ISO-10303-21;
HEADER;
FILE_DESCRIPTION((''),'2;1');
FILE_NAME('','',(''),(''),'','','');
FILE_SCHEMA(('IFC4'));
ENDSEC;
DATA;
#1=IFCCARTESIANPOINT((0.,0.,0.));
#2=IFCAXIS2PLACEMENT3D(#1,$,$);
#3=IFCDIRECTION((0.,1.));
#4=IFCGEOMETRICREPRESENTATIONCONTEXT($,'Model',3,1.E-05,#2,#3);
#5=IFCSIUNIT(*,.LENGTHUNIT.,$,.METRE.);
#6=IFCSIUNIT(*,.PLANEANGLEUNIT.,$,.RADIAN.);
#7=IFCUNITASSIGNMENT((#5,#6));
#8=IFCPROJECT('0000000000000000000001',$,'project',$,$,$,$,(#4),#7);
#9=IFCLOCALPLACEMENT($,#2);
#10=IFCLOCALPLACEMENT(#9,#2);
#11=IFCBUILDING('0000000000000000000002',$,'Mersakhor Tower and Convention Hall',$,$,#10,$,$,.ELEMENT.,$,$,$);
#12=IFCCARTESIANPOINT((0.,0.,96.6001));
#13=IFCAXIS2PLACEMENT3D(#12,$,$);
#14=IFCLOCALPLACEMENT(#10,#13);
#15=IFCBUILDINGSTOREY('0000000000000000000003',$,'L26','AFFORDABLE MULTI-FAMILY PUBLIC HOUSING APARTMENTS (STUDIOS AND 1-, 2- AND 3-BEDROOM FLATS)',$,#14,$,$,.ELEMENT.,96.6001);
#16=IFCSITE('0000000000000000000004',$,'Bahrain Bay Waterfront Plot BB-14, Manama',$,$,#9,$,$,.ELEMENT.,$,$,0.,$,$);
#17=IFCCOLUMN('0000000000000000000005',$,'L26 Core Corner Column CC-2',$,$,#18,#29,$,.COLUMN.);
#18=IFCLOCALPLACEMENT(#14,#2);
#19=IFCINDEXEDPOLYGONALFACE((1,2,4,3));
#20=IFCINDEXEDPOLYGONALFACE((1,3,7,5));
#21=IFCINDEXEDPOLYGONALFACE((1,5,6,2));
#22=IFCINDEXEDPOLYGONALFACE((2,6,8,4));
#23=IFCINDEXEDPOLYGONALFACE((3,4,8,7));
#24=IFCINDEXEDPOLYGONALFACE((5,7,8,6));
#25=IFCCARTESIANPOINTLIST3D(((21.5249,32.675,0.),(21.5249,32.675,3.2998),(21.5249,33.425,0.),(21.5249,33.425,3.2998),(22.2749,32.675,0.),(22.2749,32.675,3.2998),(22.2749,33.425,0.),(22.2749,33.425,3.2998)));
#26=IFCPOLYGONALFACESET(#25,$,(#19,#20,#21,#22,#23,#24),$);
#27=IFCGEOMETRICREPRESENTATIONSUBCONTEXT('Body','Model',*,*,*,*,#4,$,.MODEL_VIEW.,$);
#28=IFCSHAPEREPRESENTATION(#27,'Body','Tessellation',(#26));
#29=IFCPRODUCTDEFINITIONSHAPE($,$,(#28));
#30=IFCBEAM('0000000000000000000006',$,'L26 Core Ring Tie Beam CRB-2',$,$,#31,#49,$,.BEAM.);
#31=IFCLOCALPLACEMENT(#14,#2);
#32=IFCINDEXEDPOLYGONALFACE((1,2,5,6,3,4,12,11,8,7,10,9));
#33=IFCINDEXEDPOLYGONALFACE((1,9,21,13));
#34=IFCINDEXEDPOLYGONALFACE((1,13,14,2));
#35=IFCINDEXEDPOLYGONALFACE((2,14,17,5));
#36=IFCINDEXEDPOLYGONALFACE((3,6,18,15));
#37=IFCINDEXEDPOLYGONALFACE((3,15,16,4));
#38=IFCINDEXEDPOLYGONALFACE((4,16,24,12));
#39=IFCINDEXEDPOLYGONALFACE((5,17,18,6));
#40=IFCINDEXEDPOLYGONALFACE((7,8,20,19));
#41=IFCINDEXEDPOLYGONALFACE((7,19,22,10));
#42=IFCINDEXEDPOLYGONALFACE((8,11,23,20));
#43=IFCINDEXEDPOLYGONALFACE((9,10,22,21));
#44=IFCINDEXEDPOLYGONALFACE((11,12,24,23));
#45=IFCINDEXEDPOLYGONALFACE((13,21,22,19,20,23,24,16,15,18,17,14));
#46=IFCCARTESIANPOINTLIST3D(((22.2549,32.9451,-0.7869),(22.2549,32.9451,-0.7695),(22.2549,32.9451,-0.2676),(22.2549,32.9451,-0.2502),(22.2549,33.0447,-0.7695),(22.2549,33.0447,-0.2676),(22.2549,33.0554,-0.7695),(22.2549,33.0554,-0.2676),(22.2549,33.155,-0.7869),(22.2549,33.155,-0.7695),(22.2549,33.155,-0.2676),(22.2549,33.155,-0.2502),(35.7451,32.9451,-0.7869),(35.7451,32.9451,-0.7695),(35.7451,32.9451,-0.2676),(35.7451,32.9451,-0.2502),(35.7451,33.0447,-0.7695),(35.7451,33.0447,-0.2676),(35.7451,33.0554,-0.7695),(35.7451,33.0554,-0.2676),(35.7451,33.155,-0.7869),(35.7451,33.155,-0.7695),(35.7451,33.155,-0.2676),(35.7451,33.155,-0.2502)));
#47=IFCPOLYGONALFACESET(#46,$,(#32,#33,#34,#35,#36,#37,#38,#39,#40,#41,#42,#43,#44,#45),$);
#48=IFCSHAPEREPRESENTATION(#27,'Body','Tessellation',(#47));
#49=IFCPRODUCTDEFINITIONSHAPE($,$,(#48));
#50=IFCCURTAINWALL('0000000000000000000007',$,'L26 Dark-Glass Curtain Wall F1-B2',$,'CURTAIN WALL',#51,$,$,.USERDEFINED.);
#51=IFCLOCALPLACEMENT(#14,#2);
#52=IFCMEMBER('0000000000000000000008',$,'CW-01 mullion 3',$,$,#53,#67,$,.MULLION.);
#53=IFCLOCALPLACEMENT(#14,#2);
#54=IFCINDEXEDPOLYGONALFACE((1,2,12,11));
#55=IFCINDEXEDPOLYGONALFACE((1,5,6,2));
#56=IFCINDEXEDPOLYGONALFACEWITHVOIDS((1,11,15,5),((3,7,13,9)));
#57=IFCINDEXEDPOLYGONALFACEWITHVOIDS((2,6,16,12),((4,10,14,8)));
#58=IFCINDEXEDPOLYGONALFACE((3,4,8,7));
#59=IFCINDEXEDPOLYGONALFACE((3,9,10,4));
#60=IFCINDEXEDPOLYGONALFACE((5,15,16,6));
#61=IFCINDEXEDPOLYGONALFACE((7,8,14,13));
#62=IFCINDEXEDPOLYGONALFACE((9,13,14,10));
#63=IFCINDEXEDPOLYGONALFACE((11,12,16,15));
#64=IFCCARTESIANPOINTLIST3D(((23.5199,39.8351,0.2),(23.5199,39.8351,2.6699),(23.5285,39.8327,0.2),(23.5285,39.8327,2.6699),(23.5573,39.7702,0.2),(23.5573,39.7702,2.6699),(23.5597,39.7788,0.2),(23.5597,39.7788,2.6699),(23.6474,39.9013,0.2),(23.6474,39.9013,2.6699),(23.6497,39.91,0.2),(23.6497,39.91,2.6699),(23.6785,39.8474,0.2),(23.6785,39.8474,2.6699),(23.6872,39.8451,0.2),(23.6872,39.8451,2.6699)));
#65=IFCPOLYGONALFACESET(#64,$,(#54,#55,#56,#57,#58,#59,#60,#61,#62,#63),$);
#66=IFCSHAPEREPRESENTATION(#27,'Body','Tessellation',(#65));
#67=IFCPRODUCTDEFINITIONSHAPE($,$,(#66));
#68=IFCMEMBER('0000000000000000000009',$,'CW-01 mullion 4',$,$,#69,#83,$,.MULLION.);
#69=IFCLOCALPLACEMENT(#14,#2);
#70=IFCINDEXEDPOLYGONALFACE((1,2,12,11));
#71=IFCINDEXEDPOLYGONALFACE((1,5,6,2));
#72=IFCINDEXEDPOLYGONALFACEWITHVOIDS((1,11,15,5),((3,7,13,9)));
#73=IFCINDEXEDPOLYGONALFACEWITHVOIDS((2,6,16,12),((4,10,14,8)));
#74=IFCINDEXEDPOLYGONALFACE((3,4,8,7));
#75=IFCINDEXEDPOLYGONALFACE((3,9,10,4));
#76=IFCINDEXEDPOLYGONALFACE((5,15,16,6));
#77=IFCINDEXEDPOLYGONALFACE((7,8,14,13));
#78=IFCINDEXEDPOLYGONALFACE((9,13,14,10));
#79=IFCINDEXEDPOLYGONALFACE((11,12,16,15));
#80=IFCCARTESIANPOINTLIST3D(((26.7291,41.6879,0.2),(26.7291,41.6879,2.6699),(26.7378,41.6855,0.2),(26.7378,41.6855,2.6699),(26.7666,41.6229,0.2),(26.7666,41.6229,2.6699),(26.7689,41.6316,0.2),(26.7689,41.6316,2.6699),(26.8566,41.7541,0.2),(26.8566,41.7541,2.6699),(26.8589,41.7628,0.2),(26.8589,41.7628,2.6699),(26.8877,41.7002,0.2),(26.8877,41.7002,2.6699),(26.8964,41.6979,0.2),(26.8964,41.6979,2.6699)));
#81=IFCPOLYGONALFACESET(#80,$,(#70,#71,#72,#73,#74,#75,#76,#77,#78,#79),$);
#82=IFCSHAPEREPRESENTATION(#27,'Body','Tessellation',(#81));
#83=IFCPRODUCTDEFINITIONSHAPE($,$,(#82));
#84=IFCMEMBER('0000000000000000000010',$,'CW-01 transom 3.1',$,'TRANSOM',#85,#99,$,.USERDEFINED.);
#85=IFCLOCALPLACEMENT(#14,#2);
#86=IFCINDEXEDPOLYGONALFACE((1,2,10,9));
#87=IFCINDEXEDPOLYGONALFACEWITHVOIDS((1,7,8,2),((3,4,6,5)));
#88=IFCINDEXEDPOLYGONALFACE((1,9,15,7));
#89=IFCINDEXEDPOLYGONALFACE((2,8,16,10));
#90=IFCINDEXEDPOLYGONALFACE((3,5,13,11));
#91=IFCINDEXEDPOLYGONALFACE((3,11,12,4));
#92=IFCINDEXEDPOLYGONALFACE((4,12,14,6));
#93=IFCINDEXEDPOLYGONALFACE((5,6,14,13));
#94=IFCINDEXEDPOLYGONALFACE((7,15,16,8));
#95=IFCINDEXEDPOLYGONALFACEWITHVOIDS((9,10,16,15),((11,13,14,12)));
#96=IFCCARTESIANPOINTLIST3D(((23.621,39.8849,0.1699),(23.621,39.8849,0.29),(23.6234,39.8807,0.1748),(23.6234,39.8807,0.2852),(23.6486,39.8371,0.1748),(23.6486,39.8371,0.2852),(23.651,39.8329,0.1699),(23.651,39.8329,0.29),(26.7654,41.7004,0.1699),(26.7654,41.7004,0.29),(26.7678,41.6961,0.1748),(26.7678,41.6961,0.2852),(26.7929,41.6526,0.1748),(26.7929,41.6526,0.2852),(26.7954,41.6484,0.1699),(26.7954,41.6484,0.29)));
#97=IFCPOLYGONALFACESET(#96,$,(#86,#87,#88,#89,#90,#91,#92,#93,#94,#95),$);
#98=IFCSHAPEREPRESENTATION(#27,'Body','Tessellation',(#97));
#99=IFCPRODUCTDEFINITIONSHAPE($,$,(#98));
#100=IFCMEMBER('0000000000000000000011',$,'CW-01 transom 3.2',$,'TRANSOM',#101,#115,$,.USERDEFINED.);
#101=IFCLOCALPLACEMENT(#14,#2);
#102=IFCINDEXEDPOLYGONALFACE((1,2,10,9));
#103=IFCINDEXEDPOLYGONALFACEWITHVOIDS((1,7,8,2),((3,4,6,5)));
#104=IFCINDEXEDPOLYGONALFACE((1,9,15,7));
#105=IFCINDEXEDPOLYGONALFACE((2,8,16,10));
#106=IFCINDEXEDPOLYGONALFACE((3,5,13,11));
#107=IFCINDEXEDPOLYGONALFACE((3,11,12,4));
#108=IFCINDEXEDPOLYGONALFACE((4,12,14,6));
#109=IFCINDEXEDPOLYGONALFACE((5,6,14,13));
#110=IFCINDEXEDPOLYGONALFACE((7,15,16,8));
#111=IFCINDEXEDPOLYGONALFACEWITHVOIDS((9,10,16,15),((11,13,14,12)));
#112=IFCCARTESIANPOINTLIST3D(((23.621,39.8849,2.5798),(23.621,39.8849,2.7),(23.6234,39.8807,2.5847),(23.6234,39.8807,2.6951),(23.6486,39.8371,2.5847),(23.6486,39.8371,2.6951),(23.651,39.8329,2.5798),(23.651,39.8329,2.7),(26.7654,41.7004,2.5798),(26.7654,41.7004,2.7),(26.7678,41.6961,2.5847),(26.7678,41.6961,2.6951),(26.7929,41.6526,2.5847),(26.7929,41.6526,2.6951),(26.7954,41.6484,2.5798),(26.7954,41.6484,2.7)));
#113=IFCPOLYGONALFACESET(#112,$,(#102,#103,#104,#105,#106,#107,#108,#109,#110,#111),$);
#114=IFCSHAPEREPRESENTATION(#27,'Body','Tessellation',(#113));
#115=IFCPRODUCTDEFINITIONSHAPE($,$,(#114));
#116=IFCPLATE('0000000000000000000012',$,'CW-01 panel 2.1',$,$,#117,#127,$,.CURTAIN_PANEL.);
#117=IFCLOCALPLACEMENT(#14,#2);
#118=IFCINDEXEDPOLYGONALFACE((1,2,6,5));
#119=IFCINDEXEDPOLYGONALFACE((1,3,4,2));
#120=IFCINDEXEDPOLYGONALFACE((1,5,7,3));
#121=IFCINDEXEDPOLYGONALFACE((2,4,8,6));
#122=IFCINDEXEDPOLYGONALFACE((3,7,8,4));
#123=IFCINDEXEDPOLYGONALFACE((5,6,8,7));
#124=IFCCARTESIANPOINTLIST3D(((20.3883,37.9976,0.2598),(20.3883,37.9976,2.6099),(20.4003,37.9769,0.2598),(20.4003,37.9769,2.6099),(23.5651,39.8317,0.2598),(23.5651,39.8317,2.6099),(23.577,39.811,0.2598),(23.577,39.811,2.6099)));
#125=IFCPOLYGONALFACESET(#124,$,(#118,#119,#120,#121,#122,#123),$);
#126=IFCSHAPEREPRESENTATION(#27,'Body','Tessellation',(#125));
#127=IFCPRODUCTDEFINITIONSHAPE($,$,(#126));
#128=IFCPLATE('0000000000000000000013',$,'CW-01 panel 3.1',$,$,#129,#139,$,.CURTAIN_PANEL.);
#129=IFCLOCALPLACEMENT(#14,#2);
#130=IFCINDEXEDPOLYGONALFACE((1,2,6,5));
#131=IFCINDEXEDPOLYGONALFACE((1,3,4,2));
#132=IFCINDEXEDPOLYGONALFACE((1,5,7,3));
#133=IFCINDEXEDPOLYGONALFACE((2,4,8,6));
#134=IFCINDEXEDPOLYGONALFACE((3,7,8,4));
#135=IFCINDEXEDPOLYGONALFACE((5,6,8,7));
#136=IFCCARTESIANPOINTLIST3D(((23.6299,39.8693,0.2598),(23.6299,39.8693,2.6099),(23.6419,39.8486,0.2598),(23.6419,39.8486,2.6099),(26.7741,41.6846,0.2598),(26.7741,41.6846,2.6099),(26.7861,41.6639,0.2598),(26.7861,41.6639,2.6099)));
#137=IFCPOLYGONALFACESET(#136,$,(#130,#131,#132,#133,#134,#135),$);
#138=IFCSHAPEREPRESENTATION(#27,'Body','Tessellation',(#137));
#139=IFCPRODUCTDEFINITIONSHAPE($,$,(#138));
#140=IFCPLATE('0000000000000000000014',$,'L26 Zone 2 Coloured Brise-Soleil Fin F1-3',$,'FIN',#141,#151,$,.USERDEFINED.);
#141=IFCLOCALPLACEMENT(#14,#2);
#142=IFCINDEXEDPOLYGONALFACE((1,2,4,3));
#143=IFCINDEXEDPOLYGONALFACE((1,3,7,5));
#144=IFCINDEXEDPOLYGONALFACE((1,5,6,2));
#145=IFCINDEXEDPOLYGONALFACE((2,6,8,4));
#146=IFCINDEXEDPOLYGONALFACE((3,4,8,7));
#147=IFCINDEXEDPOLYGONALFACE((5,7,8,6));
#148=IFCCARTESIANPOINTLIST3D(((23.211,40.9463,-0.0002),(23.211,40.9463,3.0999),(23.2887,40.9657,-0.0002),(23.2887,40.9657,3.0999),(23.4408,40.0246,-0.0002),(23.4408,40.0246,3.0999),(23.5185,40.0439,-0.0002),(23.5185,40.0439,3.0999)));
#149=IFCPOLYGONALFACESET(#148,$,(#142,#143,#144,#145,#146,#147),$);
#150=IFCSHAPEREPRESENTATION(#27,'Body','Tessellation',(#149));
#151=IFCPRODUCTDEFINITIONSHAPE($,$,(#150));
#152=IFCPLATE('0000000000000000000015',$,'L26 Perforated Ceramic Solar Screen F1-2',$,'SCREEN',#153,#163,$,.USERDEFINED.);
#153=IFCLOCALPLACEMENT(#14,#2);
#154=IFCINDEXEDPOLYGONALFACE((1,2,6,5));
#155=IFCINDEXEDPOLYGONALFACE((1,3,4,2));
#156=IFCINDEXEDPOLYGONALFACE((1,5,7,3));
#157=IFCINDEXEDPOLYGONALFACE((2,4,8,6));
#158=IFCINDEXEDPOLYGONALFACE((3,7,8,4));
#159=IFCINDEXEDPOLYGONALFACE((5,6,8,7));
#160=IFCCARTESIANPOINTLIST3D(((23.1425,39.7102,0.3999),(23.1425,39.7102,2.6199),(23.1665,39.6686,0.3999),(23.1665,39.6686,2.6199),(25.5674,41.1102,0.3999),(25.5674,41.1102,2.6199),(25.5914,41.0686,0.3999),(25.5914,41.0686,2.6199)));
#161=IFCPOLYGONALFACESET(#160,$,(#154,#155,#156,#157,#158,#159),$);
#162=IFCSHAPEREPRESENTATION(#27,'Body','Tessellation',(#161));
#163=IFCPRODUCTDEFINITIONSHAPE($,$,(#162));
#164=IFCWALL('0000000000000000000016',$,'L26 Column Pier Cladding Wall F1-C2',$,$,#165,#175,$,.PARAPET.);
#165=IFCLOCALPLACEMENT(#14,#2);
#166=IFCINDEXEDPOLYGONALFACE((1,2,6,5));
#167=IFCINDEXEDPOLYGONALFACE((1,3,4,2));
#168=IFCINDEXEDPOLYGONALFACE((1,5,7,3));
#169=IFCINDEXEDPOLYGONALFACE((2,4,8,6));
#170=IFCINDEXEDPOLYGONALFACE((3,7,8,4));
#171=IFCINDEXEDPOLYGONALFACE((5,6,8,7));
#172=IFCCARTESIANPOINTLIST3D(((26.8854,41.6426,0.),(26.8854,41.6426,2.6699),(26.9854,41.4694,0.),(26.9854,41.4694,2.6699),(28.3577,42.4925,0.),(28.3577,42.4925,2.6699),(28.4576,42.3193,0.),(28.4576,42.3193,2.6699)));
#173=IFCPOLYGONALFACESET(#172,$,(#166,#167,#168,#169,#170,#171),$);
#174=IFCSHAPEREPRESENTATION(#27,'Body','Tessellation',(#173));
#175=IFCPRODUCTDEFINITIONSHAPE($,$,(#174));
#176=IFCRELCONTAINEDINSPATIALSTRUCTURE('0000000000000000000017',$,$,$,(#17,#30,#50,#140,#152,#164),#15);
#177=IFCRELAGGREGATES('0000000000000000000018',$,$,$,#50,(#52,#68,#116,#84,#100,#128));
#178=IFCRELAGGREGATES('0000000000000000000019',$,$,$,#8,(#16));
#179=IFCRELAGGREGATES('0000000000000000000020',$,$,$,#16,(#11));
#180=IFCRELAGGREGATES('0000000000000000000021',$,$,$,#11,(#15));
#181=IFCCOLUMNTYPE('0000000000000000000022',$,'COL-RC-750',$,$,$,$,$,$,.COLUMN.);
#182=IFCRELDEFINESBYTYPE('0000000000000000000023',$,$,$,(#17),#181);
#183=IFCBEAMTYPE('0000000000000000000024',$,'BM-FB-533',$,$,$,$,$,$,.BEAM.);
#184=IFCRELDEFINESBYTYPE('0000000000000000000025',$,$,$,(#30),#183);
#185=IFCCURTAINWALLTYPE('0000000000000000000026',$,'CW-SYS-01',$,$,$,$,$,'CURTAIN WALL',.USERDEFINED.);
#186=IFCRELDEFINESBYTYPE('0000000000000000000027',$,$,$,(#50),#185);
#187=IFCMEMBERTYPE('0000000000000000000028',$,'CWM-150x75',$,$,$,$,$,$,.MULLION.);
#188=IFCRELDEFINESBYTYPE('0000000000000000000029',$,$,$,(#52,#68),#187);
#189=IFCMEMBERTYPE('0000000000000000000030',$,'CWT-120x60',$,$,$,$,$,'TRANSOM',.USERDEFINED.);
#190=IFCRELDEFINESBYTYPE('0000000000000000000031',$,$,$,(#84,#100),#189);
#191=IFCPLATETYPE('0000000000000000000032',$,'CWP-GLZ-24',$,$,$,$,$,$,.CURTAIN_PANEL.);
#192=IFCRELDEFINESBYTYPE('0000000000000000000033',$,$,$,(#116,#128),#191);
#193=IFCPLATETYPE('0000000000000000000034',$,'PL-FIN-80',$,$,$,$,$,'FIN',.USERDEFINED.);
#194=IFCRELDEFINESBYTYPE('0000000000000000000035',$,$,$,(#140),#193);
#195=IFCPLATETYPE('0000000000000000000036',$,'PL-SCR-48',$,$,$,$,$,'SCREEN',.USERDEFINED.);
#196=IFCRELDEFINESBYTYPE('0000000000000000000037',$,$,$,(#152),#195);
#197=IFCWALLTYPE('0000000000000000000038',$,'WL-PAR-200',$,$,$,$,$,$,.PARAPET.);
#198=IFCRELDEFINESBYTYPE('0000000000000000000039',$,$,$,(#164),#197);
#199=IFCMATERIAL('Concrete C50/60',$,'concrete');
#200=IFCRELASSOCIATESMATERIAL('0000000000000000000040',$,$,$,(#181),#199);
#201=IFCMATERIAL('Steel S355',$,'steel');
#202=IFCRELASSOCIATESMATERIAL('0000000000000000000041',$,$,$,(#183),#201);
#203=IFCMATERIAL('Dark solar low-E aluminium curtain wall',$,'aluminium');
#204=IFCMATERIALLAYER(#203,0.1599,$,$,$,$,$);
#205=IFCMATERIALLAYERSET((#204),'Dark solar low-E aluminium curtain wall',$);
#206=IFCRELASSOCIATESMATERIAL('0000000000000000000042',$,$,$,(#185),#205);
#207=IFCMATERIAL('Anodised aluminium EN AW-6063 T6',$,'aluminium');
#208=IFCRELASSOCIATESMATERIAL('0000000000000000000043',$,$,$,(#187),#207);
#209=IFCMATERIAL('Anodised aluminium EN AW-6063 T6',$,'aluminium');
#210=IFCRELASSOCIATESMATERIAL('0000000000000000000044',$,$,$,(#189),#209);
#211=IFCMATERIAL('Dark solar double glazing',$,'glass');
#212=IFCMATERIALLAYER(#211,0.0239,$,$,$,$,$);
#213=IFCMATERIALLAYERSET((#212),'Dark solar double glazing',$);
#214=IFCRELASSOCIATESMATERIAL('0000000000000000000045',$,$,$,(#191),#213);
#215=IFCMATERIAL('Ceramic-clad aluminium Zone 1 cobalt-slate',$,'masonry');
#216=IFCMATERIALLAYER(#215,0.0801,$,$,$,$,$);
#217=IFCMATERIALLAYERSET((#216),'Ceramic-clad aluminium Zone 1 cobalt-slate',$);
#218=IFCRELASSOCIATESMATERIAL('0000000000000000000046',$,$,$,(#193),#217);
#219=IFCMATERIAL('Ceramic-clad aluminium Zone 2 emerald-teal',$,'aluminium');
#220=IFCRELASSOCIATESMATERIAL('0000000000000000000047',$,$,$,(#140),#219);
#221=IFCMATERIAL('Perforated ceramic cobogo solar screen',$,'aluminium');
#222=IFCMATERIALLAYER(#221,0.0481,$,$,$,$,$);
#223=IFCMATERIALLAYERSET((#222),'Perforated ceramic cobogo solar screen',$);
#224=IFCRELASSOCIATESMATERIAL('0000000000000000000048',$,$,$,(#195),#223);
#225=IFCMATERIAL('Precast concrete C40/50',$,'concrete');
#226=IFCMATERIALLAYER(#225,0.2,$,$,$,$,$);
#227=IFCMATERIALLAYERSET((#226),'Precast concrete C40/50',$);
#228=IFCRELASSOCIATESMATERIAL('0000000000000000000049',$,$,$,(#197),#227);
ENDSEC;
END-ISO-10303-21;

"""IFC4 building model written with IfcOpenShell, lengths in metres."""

from ifc_helpers import new_model, si_unit, direction, frame, frame_2d, origin, origin_2d, place, context, subcontext, project, spatial, rectangle, hollow_rectangle, i_section, extrude, material, layer, layer_set, material_profile, profile_set, type_object, element, aggregate, save


model = new_model("IFC4")

# Units and contexts
model_context = context("Model", 3, precision=1e-05, world=origin(), true_north=direction((0.0, 1.0)))
body_context = subcontext(model_context, "Body", "Model", "MODEL_VIEW")
ifc_project = project(units=[si_unit("LENGTHUNIT", "METRE"), si_unit("PLANEANGLEUNIT", "RADIAN")], contexts=[model_context])

# Site, building, storey
site_placement = place(None, origin())
site = spatial("IfcSite", under=ifc_project, at=site_placement, Name="Bahrain Bay Waterfront Plot BB-14, Manama", CompositionType="ELEMENT", RefElevation=0.0)
building_placement = place(site_placement, origin())
building = spatial("IfcBuilding", under=site, at=building_placement, Name="Mersakhor Tower and Convention Hall", CompositionType="ELEMENT")
storey_placement = place(building_placement, frame((0.0, 0.0, 96.6001)))
storey = spatial("IfcBuildingStorey", under=building, at=storey_placement, Name="L26", Description="AFFORDABLE MULTI-FAMILY PUBLIC HOUSING APARTMENTS (STUDIOS AND 1-, 2- AND 3-BEDROOM FLATS)", CompositionType="ELEMENT", Elevation=96.6001)

# Column
ifc_material_1 = material(Name="Concrete C50/60", Category="concrete")
ifc_material_profile_1 = material_profile(ifc_material_1, rectangle(XDim=0.75, YDim=0.75, at=origin_2d()), Name="RC 750x750")
ifc_profile_set_1 = profile_set([ifc_material_profile_1], Name="Concrete C50/60")
column_type = type_object("IfcColumnType", Name="COL-RC-750", PredefinedType="COLUMN", material=ifc_profile_set_1)
column_placement = place(storey_placement, frame((21.8999, 33.05, 0.0), z_axis=(0.0, 0.0, 1.0), x_axis=(1.0, 0.0, 0.0)))
element("IfcColumn", 1, at=column_placement, inside=storey, type_object=column_type, Name="L26 Core Corner Column CC-2", PredefinedType="COLUMN", context=body_context, shape_type="SweptSolid", body=[
    extrude(rectangle(XDim=0.75, YDim=0.75, at=origin_2d()), origin(), (0.0, 0.0, 1.0), 3.2998),
])

# Beam
ifc_material_2 = material(Name="Steel S355", Category="steel")
ifc_material_profile_2 = material_profile(ifc_material_2, i_section(OverallWidth=0.21, OverallDepth=0.5366, WebThickness=0.0107, FlangeThickness=0.0173, at=origin_2d()), Name="UB 533x210x101")
ifc_profile_set_2 = profile_set([ifc_material_profile_2], Name="Steel S355")
beam_type = type_object("IfcBeamType", Name="BM-FB-533", PredefinedType="BEAM", material=ifc_profile_set_2)
beam_placement = place(storey_placement, frame((22.2549, 33.05, -0.5186), z_axis=(1.0, 0.0, 0.0), x_axis=(0.0, 1.0, 0.0)))
element("IfcBeam", 2, at=beam_placement, inside=storey, type_object=beam_type, Name="L26 Core Ring Tie Beam CRB-2", PredefinedType="BEAM", context=body_context, shape_type="SweptSolid", body=[
    extrude(i_section(OverallWidth=0.21, OverallDepth=0.5366, WebThickness=0.0107, FlangeThickness=0.0173, at=origin_2d()), origin(), (0.0, 0.0, 1.0), 13.4902),
])

# Curtain wall, members, plates
ifc_material_3 = material(Name="Dark solar low-E aluminium curtain wall", Category="aluminium")
ifc_layer_1 = layer(ifc_material_3, 0.1599)
ifc_layer_set_1 = layer_set([ifc_layer_1], Name="Dark solar low-E aluminium curtain wall")
curtain_wall_type = type_object("IfcCurtainWallType", Name="CW-SYS-01", ElementType="CURTAIN WALL", PredefinedType="USERDEFINED", material=ifc_layer_set_1)
curtain_wall_placement = place(storey_placement, origin())
curtain_wall = element("IfcCurtainWall", 3, at=curtain_wall_placement, inside=storey, type_object=curtain_wall_type, Name="L26 Dark-Glass Curtain Wall F1-B2", ObjectType="CURTAIN WALL", PredefinedType="USERDEFINED")
ifc_material_4 = material(Name="Anodised aluminium EN AW-6063 T6", Category="aluminium")
ifc_material_profile_3 = material_profile(ifc_material_4, hollow_rectangle(XDim=0.075, YDim=0.1499, WallThickness=0.0063, at=origin_2d()), Name="RHS 150x75x6.3")
ifc_profile_set_3 = profile_set([ifc_material_profile_3], Name="Anodised aluminium EN AW-6063 T6")
member_type_1 = type_object("IfcMemberType", Name="CWM-150x75", PredefinedType="MULLION", material=ifc_profile_set_3)
member_1_placement = place(storey_placement, frame((23.6035, 39.8401, 0.2), z_axis=(0.0, 0.0, 1.0), x_axis=(-0.499998, 0.866027, 0.0)))
member_1 = element("IfcMember", 4, at=member_1_placement, type_object=member_type_1, Name="CW-01 mullion 3", PredefinedType="MULLION", context=body_context, shape_type="SweptSolid", body=[
    extrude(hollow_rectangle(XDim=0.075, YDim=0.1499, WallThickness=0.0063, at=origin_2d()), origin(), (0.0, 0.0, 1.0), 2.47),
])
member_2_placement = place(storey_placement, frame((26.8127, 41.6929, 0.2), z_axis=(0.0, 0.0, 1.0), x_axis=(-0.499998, 0.866027, 0.0)))
member_2 = element("IfcMember", 5, at=member_2_placement, type_object=member_type_1, Name="CW-01 mullion 4", PredefinedType="MULLION", context=body_context, shape_type="SweptSolid", body=[
    extrude(hollow_rectangle(XDim=0.075, YDim=0.1499, WallThickness=0.0063, at=origin_2d()), origin(), (0.0, 0.0, 1.0), 2.47),
])
ifc_material_5 = material(Name="Anodised aluminium EN AW-6063 T6", Category="aluminium")
ifc_material_profile_4 = material_profile(ifc_material_5, hollow_rectangle(XDim=0.0601, YDim=0.1201, WallThickness=0.0049, at=origin_2d()), Name="RHS 120x60x5")
ifc_profile_set_4 = profile_set([ifc_material_profile_4], Name="Anodised aluminium EN AW-6063 T6")
member_type_2 = type_object("IfcMemberType", Name="CWT-120x60", ElementType="TRANSOM", PredefinedType="USERDEFINED", material=ifc_profile_set_4)
member_3_placement = place(storey_placement, frame((23.636, 39.8589, 0.23), z_axis=(0.866016, 0.500015, 0.0), x_axis=(-0.500015, 0.866016, 0.0)))
member_3 = element("IfcMember", 6, at=member_3_placement, type_object=member_type_2, Name="CW-01 transom 3.1", ObjectType="TRANSOM", PredefinedType="USERDEFINED", context=body_context, shape_type="SweptSolid", body=[
    extrude(hollow_rectangle(XDim=0.0601, YDim=0.1201, WallThickness=0.0049, at=origin_2d()), origin(), (0.0, 0.0, 1.0), 3.6309),
])
member_4_placement = place(storey_placement, frame((23.636, 39.8589, 2.6399), z_axis=(0.866016, 0.500015, 0.0), x_axis=(-0.500015, 0.866016, 0.0)))
member_4 = element("IfcMember", 7, at=member_4_placement, type_object=member_type_2, Name="CW-01 transom 3.2", ObjectType="TRANSOM", PredefinedType="USERDEFINED", context=body_context, shape_type="SweptSolid", body=[
    extrude(hollow_rectangle(XDim=0.0601, YDim=0.1201, WallThickness=0.0049, at=origin_2d()), origin(), (0.0, 0.0, 1.0), 3.6309),
])
ifc_material_6 = material(Name="Dark solar double glazing", Category="glass")
ifc_layer_2 = layer(ifc_material_6, 0.0239)
ifc_layer_set_2 = layer_set([ifc_layer_2], Name="Dark solar double glazing")
plate_type_1 = type_object("IfcPlateType", Name="CWP-GLZ-24", PredefinedType="CURTAIN_PANEL", material=ifc_layer_set_2)
plate_1_placement = place(storey_placement, frame((21.9827, 38.9043, 0.2598), z_axis=(0.0, 0.0, 1.0), x_axis=(0.866027, 0.499998, 0.0)))
plate_1 = element("IfcPlate", 8, at=plate_1_placement, type_object=plate_type_1, Name="CW-01 panel 2.1", PredefinedType="CURTAIN_PANEL", context=body_context, shape_type="SweptSolid", body=[
    extrude(rectangle(XDim=3.6682, YDim=0.0239, at=origin_2d()), origin(), (0.0, 0.0, 1.0), 2.3501),
])
plate_2_placement = place(storey_placement, frame((25.208, 40.7666, 0.2598), z_axis=(0.0, 0.0, 1.0), x_axis=(0.866027, 0.499998, 0.0)))
plate_2 = element("IfcPlate", 9, at=plate_2_placement, type_object=plate_type_1, Name="CW-01 panel 3.1", PredefinedType="CURTAIN_PANEL", context=body_context, shape_type="SweptSolid", body=[
    extrude(rectangle(XDim=3.6306, YDim=0.0239, at=origin_2d()), origin(), (0.0, 0.0, 1.0), 2.3501),
])
aggregate(curtain_wall, [member_1, member_2, plate_1, member_3, member_4, plate_2])

# Plates
ifc_material_7 = material(Name="Ceramic-clad aluminium Zone 2 emerald-teal", Category="aluminium")
ifc_material_8 = material(Name="Ceramic-clad aluminium Zone 1 cobalt-slate", Category="masonry")
ifc_layer_3 = layer(ifc_material_8, 0.0801)
ifc_layer_set_3 = layer_set([ifc_layer_3], Name="Ceramic-clad aluminium Zone 1 cobalt-slate")
plate_type_2 = type_object("IfcPlateType", Name="PL-FIN-80", ElementType="FIN", PredefinedType="USERDEFINED", material=ifc_layer_set_3)
plate_3_placement = place(storey_placement, frame((23.3647, 40.4951, -0.0002), z_axis=(0.0, 0.0, 1.0), x_axis=(-0.241922, 0.970296, 0.0)))
element("IfcPlate", 10, at=plate_3_placement, inside=storey, type_object=plate_type_2, material=ifc_material_7, Name="L26 Zone 2 Coloured Brise-Soleil Fin F1-3", ObjectType="FIN", PredefinedType="USERDEFINED", context=body_context, shape_type="SweptSolid", body=[
    extrude(rectangle(XDim=0.95, YDim=0.0801, at=origin_2d()), origin(), (0.0, 0.0, 1.0), 3.1001),
])
ifc_material_9 = material(Name="Perforated ceramic cobogo solar screen", Category="aluminium")
ifc_layer_4 = layer(ifc_material_9, 0.0481)
ifc_layer_set_4 = layer_set([ifc_layer_4], Name="Perforated ceramic cobogo solar screen")
plate_type_3 = type_object("IfcPlateType", Name="PL-SCR-48", ElementType="SCREEN", PredefinedType="USERDEFINED", material=ifc_layer_set_4)
plate_4_placement = place(storey_placement, frame((24.3669, 40.3894, 0.3999), z_axis=(0.0, 0.0, 1.0), x_axis=(0.866025, 0.5, 0.0)))
element("IfcPlate", 11, at=plate_4_placement, inside=storey, type_object=plate_type_3, Name="L26 Perforated Ceramic Solar Screen F1-2", ObjectType="SCREEN", PredefinedType="USERDEFINED", context=body_context, shape_type="SweptSolid", body=[
    extrude(rectangle(XDim=2.8, YDim=0.0481, at=origin_2d()), origin(), (0.0, 0.0, 1.0), 2.22),
])

# Wall
ifc_material_10 = material(Name="Precast concrete C40/50", Category="concrete")
ifc_layer_5 = layer(ifc_material_10, 0.2)
ifc_layer_set_5 = layer_set([ifc_layer_5], Name="Precast concrete C40/50")
wall_type_1 = type_object("IfcWallType", Name="WL-PAR-200", PredefinedType="PARAPET", material=ifc_layer_set_5)
wall_1_placement = place(storey_placement, frame((26.9353, 41.5559, 0.0), z_axis=(0.0, 0.0, 1.0), x_axis=(0.866052, 0.499955, 0.0)))
element("IfcWall", 12, at=wall_1_placement, inside=storey, type_object=wall_type_1, Name="L26 Column Pier Cladding Wall F1-C2", PredefinedType="PARAPET", context=body_context, shape_type="SweptSolid", body=[
    extrude(rectangle(XDim=1.7, YDim=0.2, at=frame_2d((0.8501, 0.0))), origin(), (0.0, 0.0, 1.0), 2.6699),
])

save(model, "model.ifc")
